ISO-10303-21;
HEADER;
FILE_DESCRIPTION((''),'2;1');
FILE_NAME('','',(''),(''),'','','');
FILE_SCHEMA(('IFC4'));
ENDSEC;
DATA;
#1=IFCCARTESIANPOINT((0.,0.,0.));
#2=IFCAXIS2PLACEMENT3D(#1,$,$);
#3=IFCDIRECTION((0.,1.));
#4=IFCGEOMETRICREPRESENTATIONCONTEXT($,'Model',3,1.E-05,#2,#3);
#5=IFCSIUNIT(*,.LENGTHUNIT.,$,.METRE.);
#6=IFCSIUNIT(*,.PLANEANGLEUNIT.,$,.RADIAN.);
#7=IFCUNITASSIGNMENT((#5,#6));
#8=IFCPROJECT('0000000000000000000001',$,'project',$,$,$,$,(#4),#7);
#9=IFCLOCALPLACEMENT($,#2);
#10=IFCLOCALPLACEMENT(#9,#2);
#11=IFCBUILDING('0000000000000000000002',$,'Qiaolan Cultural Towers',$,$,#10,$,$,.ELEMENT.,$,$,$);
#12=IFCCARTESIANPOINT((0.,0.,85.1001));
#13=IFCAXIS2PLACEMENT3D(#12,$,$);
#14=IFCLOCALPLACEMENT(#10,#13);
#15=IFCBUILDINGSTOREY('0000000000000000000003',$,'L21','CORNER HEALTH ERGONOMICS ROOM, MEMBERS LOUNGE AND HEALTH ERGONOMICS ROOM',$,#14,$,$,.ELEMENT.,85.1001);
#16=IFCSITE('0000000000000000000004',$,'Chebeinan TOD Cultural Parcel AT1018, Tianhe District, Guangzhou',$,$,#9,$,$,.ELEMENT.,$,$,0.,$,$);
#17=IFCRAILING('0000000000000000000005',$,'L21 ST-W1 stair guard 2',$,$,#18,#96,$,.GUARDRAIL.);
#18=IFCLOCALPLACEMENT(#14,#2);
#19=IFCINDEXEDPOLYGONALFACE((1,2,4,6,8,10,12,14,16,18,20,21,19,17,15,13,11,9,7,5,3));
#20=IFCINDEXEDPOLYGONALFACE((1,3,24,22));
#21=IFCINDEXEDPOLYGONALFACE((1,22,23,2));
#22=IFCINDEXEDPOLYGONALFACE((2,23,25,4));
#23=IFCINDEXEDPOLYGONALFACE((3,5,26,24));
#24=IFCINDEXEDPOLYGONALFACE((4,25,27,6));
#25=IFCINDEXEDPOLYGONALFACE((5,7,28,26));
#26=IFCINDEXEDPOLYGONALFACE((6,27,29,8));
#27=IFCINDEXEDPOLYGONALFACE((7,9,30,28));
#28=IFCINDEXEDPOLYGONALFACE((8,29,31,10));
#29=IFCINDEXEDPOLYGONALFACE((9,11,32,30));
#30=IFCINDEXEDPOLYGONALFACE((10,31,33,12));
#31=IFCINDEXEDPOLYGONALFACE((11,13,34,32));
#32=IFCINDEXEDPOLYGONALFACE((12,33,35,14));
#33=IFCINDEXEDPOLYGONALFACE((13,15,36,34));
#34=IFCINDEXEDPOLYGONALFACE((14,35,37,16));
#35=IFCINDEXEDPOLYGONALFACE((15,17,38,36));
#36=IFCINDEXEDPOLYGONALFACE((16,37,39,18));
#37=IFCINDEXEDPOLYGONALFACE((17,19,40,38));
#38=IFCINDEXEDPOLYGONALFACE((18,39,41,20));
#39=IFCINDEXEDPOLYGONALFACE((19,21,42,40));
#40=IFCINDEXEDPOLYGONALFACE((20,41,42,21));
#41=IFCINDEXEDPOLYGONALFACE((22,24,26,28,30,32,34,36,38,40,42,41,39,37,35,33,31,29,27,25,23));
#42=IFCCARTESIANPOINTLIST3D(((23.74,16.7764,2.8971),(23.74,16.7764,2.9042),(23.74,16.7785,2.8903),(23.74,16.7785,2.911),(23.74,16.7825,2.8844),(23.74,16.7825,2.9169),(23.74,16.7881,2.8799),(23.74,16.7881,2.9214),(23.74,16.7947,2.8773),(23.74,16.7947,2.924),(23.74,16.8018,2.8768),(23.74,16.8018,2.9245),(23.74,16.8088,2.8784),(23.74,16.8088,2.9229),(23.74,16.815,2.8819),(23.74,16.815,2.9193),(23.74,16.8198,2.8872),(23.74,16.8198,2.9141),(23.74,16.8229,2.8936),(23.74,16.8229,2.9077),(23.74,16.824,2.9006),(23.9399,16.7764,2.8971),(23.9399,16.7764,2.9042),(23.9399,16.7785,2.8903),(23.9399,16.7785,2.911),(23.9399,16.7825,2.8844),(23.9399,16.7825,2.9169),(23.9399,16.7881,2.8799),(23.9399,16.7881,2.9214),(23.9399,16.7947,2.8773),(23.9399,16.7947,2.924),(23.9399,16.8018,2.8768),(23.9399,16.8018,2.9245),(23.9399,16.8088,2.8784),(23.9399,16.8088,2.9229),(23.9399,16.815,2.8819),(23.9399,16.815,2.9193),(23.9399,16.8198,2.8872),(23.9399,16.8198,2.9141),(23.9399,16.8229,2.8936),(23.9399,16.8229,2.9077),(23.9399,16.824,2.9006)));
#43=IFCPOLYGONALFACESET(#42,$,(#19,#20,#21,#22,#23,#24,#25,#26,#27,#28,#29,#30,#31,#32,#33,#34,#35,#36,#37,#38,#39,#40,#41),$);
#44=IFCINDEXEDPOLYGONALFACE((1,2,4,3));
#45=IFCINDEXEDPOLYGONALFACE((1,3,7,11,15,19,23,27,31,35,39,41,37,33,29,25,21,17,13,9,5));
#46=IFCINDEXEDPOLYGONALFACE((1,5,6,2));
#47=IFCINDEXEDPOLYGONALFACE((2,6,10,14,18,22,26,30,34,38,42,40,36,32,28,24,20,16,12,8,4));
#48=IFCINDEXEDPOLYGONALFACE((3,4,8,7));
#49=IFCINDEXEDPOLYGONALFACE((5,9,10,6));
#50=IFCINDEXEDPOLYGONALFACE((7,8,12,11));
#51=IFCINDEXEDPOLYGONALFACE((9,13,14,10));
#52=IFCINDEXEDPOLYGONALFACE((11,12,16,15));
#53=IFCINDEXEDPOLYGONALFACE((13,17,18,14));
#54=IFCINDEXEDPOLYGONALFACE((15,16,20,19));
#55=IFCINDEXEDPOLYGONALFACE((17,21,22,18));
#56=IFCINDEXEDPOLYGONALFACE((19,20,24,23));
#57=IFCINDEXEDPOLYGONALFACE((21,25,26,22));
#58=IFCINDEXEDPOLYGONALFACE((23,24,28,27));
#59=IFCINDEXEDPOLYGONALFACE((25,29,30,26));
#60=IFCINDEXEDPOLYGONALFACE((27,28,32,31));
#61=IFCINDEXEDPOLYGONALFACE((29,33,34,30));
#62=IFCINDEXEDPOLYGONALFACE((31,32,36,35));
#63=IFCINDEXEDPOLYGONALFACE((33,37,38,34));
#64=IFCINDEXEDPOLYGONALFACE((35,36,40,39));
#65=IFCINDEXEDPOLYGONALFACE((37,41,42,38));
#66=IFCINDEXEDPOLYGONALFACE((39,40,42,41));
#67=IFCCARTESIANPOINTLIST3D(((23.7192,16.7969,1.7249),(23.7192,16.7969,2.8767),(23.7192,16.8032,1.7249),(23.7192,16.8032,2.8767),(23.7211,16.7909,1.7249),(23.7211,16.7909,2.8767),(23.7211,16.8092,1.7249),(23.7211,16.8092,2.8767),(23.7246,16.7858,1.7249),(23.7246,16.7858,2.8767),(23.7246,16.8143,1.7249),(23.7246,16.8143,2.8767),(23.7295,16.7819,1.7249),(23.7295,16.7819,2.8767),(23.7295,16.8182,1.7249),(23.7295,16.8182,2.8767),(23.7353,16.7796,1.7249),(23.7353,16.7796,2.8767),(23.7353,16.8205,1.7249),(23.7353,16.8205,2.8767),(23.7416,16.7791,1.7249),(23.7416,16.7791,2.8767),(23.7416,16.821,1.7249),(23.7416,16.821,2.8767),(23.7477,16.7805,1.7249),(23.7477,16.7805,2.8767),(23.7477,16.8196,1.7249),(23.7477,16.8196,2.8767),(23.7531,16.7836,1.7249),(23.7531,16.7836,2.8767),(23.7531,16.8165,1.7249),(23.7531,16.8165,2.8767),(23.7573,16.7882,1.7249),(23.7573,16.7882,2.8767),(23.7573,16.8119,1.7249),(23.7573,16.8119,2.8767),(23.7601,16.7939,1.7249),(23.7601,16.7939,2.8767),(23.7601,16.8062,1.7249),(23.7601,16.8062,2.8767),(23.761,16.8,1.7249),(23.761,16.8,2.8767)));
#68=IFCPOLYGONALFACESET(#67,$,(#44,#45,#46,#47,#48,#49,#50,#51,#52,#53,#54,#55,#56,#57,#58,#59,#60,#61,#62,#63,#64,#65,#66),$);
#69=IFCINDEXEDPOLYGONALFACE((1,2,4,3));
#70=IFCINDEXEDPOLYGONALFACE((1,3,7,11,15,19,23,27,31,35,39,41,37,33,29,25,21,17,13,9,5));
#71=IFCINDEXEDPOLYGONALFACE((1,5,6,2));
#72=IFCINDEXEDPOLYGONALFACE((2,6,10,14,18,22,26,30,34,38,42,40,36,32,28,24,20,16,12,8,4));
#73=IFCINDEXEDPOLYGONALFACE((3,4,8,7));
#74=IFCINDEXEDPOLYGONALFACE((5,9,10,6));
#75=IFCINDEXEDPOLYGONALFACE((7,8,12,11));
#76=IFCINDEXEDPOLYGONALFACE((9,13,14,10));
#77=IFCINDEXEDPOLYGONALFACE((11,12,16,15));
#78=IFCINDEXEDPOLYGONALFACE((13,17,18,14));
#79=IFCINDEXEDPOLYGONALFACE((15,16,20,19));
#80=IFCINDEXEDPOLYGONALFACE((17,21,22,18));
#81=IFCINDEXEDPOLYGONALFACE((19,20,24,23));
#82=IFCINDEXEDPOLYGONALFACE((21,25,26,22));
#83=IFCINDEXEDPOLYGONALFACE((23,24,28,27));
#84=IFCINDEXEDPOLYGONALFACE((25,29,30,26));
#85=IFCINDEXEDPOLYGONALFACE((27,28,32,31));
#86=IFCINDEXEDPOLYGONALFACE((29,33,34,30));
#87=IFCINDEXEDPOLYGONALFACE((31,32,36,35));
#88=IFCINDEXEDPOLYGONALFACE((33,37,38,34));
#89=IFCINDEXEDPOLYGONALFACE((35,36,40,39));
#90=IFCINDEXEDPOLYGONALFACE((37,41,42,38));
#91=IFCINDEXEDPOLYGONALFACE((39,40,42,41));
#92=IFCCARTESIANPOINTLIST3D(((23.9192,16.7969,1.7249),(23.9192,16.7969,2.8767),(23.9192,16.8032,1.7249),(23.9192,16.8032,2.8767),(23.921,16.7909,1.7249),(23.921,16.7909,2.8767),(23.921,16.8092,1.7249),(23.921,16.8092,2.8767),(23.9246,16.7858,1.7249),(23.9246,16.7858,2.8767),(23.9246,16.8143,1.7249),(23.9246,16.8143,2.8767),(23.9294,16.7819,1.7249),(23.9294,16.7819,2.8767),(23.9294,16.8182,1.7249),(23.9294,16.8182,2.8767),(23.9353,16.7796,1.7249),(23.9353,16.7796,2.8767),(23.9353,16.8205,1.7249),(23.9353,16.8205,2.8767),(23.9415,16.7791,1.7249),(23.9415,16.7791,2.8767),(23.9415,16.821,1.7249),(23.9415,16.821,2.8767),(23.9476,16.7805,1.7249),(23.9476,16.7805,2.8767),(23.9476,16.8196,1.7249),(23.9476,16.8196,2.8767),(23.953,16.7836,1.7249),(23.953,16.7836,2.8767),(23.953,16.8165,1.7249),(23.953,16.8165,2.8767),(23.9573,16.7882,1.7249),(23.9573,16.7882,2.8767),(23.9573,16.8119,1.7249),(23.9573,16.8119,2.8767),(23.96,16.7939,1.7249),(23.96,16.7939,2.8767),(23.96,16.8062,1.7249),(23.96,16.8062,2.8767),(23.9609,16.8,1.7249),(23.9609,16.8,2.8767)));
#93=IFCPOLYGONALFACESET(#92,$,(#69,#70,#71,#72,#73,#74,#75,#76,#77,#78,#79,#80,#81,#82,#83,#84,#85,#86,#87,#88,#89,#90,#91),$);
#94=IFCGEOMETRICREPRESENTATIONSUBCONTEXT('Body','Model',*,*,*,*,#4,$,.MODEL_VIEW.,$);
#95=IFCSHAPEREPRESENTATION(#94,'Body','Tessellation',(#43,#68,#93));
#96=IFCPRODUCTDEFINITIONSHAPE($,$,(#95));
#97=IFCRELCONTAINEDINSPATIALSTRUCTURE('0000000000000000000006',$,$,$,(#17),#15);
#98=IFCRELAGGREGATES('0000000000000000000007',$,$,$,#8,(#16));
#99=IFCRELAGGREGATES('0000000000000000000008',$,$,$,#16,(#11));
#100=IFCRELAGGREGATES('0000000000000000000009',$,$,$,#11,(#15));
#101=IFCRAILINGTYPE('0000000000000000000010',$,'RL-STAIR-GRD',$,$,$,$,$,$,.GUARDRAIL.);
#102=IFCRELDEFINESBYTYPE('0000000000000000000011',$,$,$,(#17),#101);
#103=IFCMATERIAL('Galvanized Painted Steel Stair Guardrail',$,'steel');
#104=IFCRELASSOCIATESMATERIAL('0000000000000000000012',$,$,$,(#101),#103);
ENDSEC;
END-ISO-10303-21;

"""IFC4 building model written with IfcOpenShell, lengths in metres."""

from ifc_helpers import new_model, si_unit, direction, frame, origin, origin_2d, place, context, subcontext, project, spatial, circle, extrude, material, type_object, element, save


model = new_model("IFC4")

# Units and contexts
model_context = context("Model", 3, precision=1e-05, world=origin(), true_north=direction((0.0, 1.0)))
body_context = subcontext(model_context, "Body", "Model", "MODEL_VIEW")
ifc_project = project(units=[si_unit("LENGTHUNIT", "METRE"), si_unit("PLANEANGLEUNIT", "RADIAN")], contexts=[model_context])

# Site, building, storey
site_placement = place(None, origin())
site = spatial("IfcSite", under=ifc_project, at=site_placement, Name="Chebeinan TOD Cultural Parcel AT1018, Tianhe District, Guangzhou", CompositionType="ELEMENT", RefElevation=0.0)
building_placement = place(site_placement, origin())
building = spatial("IfcBuilding", under=site, at=building_placement, Name="Qiaolan Cultural Towers", CompositionType="ELEMENT")
storey_placement = place(building_placement, frame((0.0, 0.0, 85.1001)))
storey = spatial("IfcBuildingStorey", under=building, at=storey_placement, Name="L21", Description="CORNER HEALTH ERGONOMICS ROOM, MEMBERS LOUNGE AND HEALTH ERGONOMICS ROOM", CompositionType="ELEMENT", Elevation=85.1001)

# Railing
ifc_material_1 = material(Name="Galvanized Painted Steel Stair Guardrail", Category="steel")
railing_type_1 = type_object("IfcRailingType", Name="RL-STAIR-GRD", PredefinedType="GUARDRAIL", material=ifc_material_1)
railing_1_placement = place(storey_placement, frame((23.74, 16.8, 1.7249)))
element("IfcRailing", 1, at=railing_1_placement, inside=storey, type_object=railing_type_1, Name="L21 ST-W1 stair guard 2", PredefinedType="GUARDRAIL", context=body_context, shape_type="SweptSolid", body=[
    extrude(circle(Radius=0.0239, at=origin_2d()), frame((0.0, 0.0, 1.1758), z_axis=(1.0, 0.0, 0.0), x_axis=(0.0, 1.0, 0.0)), (0.0, 0.0, 1.0), 0.2),
    extrude(circle(Radius=0.021, at=origin_2d()), origin(), (0.0, 0.0, 1.0), 1.1519),
    extrude(circle(Radius=0.021, at=origin_2d()), frame((0.2, 0.0, 0.0)), (0.0, 0.0, 1.0), 1.1519),
])

save(model, "model.ifc")
